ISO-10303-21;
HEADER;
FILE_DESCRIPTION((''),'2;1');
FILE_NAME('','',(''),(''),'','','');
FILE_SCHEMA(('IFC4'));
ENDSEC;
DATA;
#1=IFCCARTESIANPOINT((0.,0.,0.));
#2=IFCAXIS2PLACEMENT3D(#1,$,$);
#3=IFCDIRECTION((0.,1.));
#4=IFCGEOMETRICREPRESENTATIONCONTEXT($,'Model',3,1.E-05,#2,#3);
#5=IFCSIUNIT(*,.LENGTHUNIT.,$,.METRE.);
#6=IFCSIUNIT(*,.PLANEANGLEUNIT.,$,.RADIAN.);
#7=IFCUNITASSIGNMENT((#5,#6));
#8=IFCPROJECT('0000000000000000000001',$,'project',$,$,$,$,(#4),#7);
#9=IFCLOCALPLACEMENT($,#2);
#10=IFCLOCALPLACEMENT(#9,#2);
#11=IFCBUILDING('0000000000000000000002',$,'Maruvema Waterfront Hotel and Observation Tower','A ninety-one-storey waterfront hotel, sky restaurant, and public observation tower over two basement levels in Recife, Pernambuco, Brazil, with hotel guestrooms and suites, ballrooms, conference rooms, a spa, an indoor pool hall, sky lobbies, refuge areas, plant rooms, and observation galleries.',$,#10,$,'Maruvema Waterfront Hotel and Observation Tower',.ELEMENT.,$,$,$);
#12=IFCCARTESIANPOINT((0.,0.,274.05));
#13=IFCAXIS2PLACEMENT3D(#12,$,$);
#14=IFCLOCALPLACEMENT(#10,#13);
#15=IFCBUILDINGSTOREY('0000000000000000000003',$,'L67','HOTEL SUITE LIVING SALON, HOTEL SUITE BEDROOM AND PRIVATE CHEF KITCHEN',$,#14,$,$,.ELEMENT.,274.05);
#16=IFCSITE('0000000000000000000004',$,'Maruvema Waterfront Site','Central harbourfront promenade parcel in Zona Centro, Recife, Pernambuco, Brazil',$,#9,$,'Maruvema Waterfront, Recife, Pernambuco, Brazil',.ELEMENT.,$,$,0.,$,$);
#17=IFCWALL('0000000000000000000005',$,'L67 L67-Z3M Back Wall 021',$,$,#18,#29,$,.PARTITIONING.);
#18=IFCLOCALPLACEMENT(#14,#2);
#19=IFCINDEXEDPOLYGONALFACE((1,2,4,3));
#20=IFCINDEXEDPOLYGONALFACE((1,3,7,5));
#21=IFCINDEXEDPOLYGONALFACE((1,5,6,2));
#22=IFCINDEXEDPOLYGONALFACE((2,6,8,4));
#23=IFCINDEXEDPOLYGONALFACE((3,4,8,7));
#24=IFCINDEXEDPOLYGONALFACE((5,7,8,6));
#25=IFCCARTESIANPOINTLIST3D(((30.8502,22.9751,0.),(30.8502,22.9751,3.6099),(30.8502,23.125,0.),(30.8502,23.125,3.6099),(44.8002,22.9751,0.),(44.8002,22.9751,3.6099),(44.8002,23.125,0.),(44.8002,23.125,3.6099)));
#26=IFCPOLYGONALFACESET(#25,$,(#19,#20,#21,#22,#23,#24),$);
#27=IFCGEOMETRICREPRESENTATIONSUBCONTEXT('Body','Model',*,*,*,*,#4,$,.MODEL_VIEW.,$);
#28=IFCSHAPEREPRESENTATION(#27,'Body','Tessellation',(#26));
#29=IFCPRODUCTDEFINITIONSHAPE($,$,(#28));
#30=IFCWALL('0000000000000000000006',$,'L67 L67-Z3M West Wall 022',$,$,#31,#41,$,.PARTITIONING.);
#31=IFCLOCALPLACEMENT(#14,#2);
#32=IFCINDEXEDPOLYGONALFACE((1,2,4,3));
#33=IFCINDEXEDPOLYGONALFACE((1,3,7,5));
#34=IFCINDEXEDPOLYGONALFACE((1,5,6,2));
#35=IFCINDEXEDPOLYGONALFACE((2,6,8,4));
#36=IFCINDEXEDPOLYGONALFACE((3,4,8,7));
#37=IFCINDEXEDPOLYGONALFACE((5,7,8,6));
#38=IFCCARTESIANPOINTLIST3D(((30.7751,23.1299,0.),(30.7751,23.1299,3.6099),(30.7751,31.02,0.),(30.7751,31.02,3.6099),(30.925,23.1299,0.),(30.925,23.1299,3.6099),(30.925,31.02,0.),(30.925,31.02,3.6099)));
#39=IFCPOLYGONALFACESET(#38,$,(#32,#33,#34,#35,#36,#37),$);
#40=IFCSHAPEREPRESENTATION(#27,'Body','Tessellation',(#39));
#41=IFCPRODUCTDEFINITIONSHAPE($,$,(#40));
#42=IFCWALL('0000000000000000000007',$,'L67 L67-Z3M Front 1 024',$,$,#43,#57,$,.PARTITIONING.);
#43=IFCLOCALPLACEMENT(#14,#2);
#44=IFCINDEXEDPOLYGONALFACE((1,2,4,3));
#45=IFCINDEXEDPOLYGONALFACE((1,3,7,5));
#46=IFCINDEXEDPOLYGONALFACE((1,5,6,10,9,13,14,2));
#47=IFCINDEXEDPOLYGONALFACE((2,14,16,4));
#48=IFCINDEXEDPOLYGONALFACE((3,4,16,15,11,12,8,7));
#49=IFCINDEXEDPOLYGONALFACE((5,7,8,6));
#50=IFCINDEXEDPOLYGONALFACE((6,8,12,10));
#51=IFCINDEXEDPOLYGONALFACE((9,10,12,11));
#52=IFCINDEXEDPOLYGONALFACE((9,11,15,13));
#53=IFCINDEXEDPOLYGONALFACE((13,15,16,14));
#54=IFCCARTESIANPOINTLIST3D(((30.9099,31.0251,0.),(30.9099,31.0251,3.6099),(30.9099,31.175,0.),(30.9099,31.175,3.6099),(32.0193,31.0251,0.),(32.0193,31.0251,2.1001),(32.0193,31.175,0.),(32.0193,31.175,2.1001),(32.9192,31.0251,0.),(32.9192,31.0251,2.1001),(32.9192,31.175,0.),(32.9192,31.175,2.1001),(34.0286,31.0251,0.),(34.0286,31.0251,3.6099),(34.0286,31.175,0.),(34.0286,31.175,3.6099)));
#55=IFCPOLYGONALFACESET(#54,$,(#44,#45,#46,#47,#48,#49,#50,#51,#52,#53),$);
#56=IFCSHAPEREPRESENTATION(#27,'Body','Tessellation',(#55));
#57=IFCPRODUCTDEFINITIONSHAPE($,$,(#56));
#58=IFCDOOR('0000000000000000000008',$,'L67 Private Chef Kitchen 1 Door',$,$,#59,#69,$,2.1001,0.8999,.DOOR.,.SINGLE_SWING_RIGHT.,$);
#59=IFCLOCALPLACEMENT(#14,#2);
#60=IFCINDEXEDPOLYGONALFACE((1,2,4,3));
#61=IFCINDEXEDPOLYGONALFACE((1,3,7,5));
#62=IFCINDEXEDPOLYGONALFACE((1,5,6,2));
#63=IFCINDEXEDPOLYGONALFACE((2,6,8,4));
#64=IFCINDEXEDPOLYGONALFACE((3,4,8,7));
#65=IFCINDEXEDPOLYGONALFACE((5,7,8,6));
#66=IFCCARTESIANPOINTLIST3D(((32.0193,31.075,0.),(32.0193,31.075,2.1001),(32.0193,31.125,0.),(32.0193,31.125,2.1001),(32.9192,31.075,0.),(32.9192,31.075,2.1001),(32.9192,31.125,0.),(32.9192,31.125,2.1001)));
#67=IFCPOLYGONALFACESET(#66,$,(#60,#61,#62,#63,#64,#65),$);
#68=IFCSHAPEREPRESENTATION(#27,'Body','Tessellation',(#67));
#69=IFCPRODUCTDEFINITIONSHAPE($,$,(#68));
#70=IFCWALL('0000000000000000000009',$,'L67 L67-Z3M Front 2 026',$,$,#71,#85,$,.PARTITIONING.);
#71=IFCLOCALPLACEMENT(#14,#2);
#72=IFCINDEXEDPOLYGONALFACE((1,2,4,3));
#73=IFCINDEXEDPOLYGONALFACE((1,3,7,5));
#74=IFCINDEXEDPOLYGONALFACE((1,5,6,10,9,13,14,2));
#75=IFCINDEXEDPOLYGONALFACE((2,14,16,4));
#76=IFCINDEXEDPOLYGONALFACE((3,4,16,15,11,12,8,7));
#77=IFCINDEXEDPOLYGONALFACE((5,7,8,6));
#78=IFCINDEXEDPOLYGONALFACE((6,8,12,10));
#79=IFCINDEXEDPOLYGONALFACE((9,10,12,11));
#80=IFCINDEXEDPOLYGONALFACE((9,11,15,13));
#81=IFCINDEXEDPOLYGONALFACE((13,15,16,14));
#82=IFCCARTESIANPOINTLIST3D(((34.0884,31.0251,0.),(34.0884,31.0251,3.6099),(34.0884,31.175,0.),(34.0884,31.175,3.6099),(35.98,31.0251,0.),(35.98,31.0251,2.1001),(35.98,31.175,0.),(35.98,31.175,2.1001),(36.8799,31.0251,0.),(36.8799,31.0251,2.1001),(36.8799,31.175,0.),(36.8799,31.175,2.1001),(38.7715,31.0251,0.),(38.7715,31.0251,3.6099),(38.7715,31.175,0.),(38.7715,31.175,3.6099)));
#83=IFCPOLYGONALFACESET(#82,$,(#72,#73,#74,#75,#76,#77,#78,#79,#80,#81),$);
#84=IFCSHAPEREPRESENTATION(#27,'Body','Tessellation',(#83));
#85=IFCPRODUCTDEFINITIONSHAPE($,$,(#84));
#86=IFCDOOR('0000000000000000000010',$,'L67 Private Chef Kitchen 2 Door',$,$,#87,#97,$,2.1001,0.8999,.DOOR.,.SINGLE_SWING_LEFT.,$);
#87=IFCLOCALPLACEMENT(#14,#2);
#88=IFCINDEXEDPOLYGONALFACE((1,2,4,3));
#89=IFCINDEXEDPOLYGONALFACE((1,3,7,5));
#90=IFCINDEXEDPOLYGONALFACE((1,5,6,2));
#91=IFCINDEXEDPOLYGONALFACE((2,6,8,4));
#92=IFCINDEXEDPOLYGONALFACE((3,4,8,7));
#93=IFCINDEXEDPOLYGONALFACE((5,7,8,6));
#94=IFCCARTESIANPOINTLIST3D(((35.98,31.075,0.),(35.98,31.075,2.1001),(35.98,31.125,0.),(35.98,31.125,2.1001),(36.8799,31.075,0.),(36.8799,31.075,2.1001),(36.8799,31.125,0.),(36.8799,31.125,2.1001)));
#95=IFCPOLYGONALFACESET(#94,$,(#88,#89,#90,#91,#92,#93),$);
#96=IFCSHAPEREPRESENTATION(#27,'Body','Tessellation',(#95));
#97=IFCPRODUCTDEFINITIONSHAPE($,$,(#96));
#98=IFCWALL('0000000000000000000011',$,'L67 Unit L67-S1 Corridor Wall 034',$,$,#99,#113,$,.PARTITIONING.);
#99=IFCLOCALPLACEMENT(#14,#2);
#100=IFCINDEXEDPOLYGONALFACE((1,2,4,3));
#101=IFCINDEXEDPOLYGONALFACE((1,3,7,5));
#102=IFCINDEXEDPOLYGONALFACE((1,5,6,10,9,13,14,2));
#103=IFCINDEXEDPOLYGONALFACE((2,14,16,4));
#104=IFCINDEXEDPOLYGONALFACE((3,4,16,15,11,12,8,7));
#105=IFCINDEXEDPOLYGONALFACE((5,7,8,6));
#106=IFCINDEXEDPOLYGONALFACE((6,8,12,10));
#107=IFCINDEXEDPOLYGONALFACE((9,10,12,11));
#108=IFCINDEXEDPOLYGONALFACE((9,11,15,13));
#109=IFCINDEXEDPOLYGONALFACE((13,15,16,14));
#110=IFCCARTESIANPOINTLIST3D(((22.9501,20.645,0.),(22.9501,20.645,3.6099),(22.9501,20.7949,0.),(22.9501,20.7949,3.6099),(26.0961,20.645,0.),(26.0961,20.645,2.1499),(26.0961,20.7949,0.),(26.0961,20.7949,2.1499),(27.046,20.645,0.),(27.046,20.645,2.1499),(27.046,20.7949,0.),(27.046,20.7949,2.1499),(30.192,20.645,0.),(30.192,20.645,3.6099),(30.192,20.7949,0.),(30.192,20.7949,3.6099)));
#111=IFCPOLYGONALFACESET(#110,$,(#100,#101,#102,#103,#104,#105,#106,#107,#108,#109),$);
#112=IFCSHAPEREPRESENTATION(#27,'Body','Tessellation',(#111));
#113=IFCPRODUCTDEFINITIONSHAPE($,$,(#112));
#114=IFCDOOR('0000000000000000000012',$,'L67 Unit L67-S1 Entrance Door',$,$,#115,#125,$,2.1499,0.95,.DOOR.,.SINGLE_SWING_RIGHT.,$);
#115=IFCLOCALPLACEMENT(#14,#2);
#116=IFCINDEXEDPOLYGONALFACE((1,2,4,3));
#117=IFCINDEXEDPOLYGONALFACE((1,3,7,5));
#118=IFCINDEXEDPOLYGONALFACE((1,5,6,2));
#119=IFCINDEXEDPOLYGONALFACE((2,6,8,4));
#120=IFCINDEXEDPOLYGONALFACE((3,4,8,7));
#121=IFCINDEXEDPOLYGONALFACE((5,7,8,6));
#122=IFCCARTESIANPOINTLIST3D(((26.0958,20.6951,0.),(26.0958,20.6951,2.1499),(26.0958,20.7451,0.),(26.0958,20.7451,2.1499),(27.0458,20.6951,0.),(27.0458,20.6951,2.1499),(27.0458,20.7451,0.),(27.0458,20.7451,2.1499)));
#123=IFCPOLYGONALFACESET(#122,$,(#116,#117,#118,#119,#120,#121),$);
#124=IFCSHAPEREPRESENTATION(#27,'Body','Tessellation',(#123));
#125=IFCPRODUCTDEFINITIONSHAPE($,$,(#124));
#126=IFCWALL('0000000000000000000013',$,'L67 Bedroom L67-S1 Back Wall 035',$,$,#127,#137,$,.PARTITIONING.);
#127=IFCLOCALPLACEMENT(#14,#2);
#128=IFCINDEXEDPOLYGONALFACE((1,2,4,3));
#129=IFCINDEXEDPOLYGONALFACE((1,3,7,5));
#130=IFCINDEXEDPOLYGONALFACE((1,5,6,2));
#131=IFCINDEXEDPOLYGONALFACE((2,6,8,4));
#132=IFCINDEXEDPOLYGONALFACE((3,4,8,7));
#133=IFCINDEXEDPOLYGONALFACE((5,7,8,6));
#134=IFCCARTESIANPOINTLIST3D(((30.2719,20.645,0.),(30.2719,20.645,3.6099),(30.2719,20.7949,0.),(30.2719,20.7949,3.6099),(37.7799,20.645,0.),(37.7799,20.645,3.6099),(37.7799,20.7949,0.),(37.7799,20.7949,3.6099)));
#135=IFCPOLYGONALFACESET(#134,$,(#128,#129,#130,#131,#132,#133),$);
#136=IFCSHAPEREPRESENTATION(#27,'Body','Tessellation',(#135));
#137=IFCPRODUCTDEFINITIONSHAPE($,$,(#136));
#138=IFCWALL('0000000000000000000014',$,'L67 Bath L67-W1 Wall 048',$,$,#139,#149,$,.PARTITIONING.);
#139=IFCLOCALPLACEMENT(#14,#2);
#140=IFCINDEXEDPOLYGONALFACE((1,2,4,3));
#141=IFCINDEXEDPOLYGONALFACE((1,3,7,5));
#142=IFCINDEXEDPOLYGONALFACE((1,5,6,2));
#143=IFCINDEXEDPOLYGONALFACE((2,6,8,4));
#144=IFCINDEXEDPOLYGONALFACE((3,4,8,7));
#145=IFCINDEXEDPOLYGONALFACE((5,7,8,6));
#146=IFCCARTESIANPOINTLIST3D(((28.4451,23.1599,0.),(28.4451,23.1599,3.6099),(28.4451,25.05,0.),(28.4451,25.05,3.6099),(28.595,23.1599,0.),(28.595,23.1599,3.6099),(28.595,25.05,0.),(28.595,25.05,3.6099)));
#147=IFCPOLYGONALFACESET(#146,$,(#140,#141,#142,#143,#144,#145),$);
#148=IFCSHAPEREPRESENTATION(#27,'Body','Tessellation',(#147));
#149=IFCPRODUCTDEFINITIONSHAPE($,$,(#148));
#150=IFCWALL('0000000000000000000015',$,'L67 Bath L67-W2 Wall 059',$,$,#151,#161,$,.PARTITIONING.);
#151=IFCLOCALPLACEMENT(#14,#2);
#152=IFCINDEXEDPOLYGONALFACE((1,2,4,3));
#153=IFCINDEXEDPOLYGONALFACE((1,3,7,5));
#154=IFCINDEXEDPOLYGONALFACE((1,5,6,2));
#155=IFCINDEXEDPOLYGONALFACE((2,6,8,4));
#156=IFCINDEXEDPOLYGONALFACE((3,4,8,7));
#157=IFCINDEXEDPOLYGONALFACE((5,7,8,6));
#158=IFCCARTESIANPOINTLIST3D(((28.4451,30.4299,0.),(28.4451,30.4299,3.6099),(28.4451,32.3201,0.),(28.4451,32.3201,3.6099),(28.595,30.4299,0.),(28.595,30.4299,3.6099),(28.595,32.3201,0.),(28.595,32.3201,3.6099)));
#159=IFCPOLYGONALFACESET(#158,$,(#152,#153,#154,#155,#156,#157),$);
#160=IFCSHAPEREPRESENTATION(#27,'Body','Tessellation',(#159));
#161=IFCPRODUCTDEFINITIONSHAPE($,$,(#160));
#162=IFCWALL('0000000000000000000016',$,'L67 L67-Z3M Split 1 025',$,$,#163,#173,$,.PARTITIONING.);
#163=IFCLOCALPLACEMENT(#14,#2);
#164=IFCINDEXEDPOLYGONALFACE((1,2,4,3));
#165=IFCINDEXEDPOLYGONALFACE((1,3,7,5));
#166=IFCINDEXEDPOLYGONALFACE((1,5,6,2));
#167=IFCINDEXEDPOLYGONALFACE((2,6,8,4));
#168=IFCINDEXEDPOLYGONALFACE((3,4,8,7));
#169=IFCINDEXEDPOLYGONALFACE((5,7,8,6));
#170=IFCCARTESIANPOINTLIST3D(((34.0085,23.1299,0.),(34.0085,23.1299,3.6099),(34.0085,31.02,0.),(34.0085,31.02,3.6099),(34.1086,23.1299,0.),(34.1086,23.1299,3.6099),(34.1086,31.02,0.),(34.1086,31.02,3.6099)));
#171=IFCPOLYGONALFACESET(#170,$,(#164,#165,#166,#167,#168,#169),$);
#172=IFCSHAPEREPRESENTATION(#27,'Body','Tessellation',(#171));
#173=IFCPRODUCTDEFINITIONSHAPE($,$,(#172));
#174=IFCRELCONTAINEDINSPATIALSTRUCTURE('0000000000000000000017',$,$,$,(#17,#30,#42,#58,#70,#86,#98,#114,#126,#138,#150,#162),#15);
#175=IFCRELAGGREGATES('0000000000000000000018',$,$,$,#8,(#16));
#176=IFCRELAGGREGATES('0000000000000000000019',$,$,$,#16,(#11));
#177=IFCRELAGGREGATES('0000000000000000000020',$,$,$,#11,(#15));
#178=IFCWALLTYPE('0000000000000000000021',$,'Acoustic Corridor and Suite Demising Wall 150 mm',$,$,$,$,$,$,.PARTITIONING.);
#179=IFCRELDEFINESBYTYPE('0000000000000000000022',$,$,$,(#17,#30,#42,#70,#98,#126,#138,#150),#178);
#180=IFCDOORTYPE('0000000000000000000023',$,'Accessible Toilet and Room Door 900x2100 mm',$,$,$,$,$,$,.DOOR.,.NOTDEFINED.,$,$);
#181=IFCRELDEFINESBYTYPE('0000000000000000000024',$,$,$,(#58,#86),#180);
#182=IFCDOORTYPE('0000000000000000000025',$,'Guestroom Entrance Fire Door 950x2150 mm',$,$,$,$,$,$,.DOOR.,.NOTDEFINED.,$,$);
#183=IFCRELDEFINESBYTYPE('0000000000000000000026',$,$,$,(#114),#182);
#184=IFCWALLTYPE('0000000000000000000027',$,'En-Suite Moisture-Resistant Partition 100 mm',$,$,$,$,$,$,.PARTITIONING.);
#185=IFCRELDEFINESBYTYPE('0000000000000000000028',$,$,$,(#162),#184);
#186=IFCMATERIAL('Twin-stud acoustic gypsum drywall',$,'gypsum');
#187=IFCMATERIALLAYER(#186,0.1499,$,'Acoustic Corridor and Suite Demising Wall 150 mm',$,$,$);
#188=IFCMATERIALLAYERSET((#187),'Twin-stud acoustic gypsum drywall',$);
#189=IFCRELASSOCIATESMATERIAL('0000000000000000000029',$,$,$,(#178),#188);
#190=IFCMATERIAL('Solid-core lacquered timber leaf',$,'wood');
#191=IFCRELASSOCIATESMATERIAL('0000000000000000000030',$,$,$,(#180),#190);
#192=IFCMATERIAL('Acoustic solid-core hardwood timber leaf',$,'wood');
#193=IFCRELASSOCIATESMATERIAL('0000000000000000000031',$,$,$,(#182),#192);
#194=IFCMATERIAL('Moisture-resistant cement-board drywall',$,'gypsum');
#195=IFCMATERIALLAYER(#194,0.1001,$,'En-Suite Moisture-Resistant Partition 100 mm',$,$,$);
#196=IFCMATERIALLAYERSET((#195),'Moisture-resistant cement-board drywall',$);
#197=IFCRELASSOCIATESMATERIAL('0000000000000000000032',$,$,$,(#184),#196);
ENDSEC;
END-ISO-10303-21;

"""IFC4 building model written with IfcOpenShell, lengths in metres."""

from ifc_helpers import new_model, si_unit, direction, frame, frame_2d, origin, place, context, subcontext, project, spatial, rectangle, extrude, material, layer, layer_set, type_object, element, fill, save


model = new_model("IFC4")

# Units and contexts
model_context = context("Model", 3, precision=1e-05, world=origin(), true_north=direction((0.0, 1.0)))
body_context = subcontext(model_context, "Body", "Model", "MODEL_VIEW")
ifc_project = project(units=[si_unit("LENGTHUNIT", "METRE"), si_unit("PLANEANGLEUNIT", "RADIAN")], contexts=[model_context])

# Site, building, storey
site_placement = place(None, origin())
site = spatial("IfcSite", under=ifc_project, at=site_placement, Name="Maruvema Waterfront Site", Description="Central harbourfront promenade parcel in Zona Centro, Recife, Pernambuco, Brazil", LongName="Maruvema Waterfront, Recife, Pernambuco, Brazil", CompositionType="ELEMENT", RefElevation=0.0)
building_placement = place(site_placement, origin())
building = spatial("IfcBuilding", under=site, at=building_placement, Name="Maruvema Waterfront Hotel and Observation Tower", Description="A ninety-one-storey waterfront hotel, sky restaurant, and public observation tower over two basement levels in Recife, Pernambuco, Brazil, with hotel guestrooms and suites, ballrooms, conference rooms, a spa, an indoor pool hall, sky lobbies, refuge areas, plant rooms, and observation galleries.", LongName="Maruvema Waterfront Hotel and Observation Tower", CompositionType="ELEMENT")
storey_placement = place(building_placement, frame((0.0, 0.0, 274.05)))
storey = spatial("IfcBuildingStorey", under=building, at=storey_placement, Name="L67", Description="HOTEL SUITE LIVING SALON, HOTEL SUITE BEDROOM AND PRIVATE CHEF KITCHEN", CompositionType="ELEMENT", Elevation=274.05)

# Walls
ifc_material_1 = material(Name="Twin-stud acoustic gypsum drywall", Category="gypsum")
ifc_layer_1 = layer(ifc_material_1, 0.1499, Name="Acoustic Corridor and Suite Demising Wall 150 mm")
ifc_layer_set_1 = layer_set([ifc_layer_1], Name="Twin-stud acoustic gypsum drywall")
wall_type_1 = type_object("IfcWallType", Name="Acoustic Corridor and Suite Demising Wall 150 mm", PredefinedType="PARTITIONING", material=ifc_layer_set_1)
wall_1_placement = place(storey_placement, frame((30.8501, 23.05, 0.0), z_axis=(0.0, 0.0, 1.0), x_axis=(1.0, 0.0, 0.0)))
element("IfcWall", 1, at=wall_1_placement, inside=storey, type_object=wall_type_1, Name="L67 L67-Z3M Back Wall 021", PredefinedType="PARTITIONING", context=body_context, shape_type="SweptSolid", body=[
    extrude(rectangle(XDim=13.95, YDim=0.1499, at=frame_2d((6.9751, 0.0))), origin(), (0.0, 0.0, 1.0), 3.6099),
])
wall_2_placement = place(storey_placement, frame((30.8501, 23.1299, 0.0), z_axis=(0.0, 0.0, 1.0), x_axis=(0.0, 1.0, 0.0)))
element("IfcWall", 2, at=wall_2_placement, inside=storey, type_object=wall_type_1, Name="L67 L67-Z3M West Wall 022", PredefinedType="PARTITIONING", context=body_context, shape_type="SweptSolid", body=[
    extrude(rectangle(XDim=7.8901, YDim=0.1499, at=frame_2d((3.9451, 0.0))), origin(), (0.0, 0.0, 1.0), 3.6099),
])

# Walls, openings, doors
wall_3_placement = place(storey_placement, frame((30.9099, 31.1001, 0.0), z_axis=(0.0, 0.0, 1.0), x_axis=(1.0, 0.0, 0.0)))
wall_3 = element("IfcWall", 3, at=wall_3_placement, inside=storey, type_object=wall_type_1, Name="L67 L67-Z3M Front 1 024", PredefinedType="PARTITIONING", context=body_context, shape_type="SweptSolid", body=[
    extrude(rectangle(XDim=3.1187, YDim=0.1499, at=frame_2d((1.5593, 0.0))), origin(), (0.0, 0.0, 1.0), 3.6099),
])
opening_1_placement = place(wall_3_placement, frame((1.1094, 0.0, 0.0)))
opening_1 = element("IfcOpeningElement", 4, at=opening_1_placement, cuts=wall_3, PredefinedType="OPENING", context=body_context, shape_type="SweptSolid", body=[
    extrude(rectangle(XDim=0.8999, YDim=2.1001, at=frame_2d((0.45, 1.05))), frame((0.0, 0.085, 0.0), z_axis=(0.0, -1.0, 0.0), x_axis=(1.0, 0.0, 0.0)), (0.0, 0.0, 1.0), 0.1699),
])
ifc_material_2 = material(Name="Solid-core lacquered timber leaf", Category="wood")
door_type_1 = type_object("IfcDoorType", Name="Accessible Toilet and Room Door 900x2100 mm", OperationType="NOTDEFINED", PredefinedType="DOOR", material=ifc_material_2)
door_1_placement = place(opening_1_placement, origin())
door_1 = element("IfcDoor", 5, at=door_1_placement, inside=storey, type_object=door_type_1, Name="L67 Private Chef Kitchen 1 Door", OperationType="SINGLE_SWING_RIGHT", OverallHeight=2.1001, OverallWidth=0.8999, PredefinedType="DOOR", context=body_context, shape_type="SweptSolid", body=[
    extrude(rectangle(XDim=0.8999, YDim=2.1001, at=frame_2d((0.45, 1.05))), frame((0.0, 0.0249, 0.0), z_axis=(0.0, -1.0, 0.0), x_axis=(1.0, 0.0, 0.0)), (0.0, 0.0, 1.0), 0.05),
])
fill(opening_1, door_1)
wall_4_placement = place(storey_placement, frame((34.0884, 31.1001, 0.0), z_axis=(0.0, 0.0, 1.0), x_axis=(1.0, 0.0, 0.0)))
wall_4 = element("IfcWall", 6, at=wall_4_placement, inside=storey, type_object=wall_type_1, Name="L67 L67-Z3M Front 2 026", PredefinedType="PARTITIONING", context=body_context, shape_type="SweptSolid", body=[
    extrude(rectangle(XDim=4.6831, YDim=0.1499, at=frame_2d((2.3416, 0.0))), origin(), (0.0, 0.0, 1.0), 3.6099),
])
opening_2_placement = place(wall_4_placement, frame((1.8916, 0.0, 0.0)))
opening_2 = element("IfcOpeningElement", 7, at=opening_2_placement, cuts=wall_4, PredefinedType="OPENING", context=body_context, shape_type="SweptSolid", body=[
    extrude(rectangle(XDim=0.8999, YDim=2.1001, at=frame_2d((0.45, 1.05))), frame((0.0, 0.085, 0.0), z_axis=(0.0, -1.0, 0.0), x_axis=(1.0, 0.0, 0.0)), (0.0, 0.0, 1.0), 0.1699),
])
door_2_placement = place(opening_2_placement, origin())
door_2 = element("IfcDoor", 8, at=door_2_placement, inside=storey, type_object=door_type_1, Name="L67 Private Chef Kitchen 2 Door", OperationType="SINGLE_SWING_LEFT", OverallHeight=2.1001, OverallWidth=0.8999, PredefinedType="DOOR", context=body_context, shape_type="SweptSolid", body=[
    extrude(rectangle(XDim=0.8999, YDim=2.1001, at=frame_2d((0.45, 1.05))), frame((0.0, 0.0249, 0.0), z_axis=(0.0, -1.0, 0.0), x_axis=(1.0, 0.0, 0.0)), (0.0, 0.0, 1.0), 0.05),
])
fill(opening_2, door_2)
wall_5_placement = place(storey_placement, frame((22.95, 20.72, 0.0), z_axis=(0.0, 0.0, 1.0), x_axis=(1.0, 0.0, 0.0)))
wall_5 = element("IfcWall", 9, at=wall_5_placement, inside=storey, type_object=wall_type_1, Name="L67 Unit L67-S1 Corridor Wall 034", PredefinedType="PARTITIONING", context=body_context, shape_type="SweptSolid", body=[
    extrude(rectangle(XDim=7.2419, YDim=0.1499, at=frame_2d((3.6211, 0.0))), origin(), (0.0, 0.0, 1.0), 3.6099),
])
opening_3_placement = place(wall_5_placement, frame((3.146, 0.0, 0.0)))
opening_3 = element("IfcOpeningElement", 10, at=opening_3_placement, cuts=wall_5, PredefinedType="OPENING", context=body_context, shape_type="SweptSolid", body=[
    extrude(rectangle(XDim=0.95, YDim=2.1499, at=frame_2d((0.4751, 1.075))), frame((0.0, 0.085, 0.0), z_axis=(0.0, -1.0, 0.0), x_axis=(1.0, 0.0, 0.0)), (0.0, 0.0, 1.0), 0.1699),
])
ifc_material_3 = material(Name="Acoustic solid-core hardwood timber leaf", Category="wood")
door_type_2 = type_object("IfcDoorType", Name="Guestroom Entrance Fire Door 950x2150 mm", OperationType="NOTDEFINED", PredefinedType="DOOR", material=ifc_material_3)
door_3_placement = place(opening_3_placement, frame((0.95, 0.0, 0.0), z_axis=(0.0, 0.0, 1.0), x_axis=(-1.0, 0.0, 0.0)))
door_3 = element("IfcDoor", 11, at=door_3_placement, inside=storey, type_object=door_type_2, Name="L67 Unit L67-S1 Entrance Door", OperationType="SINGLE_SWING_RIGHT", OverallHeight=2.1499, OverallWidth=0.95, PredefinedType="DOOR", context=body_context, shape_type="SweptSolid", body=[
    extrude(rectangle(XDim=0.95, YDim=2.1499, at=frame_2d((0.4751, 1.075))), frame((0.0, 0.0249, 0.0), z_axis=(0.0, -1.0, 0.0), x_axis=(1.0, 0.0, 0.0)), (0.0, 0.0, 1.0), 0.05),
])
fill(opening_3, door_3)

# Walls
wall_6_placement = place(storey_placement, frame((30.272, 20.72, 0.0), z_axis=(0.0, 0.0, 1.0), x_axis=(1.0, 0.0, 0.0)))
element("IfcWall", 12, at=wall_6_placement, inside=storey, type_object=wall_type_1, Name="L67 Bedroom L67-S1 Back Wall 035", PredefinedType="PARTITIONING", context=body_context, shape_type="SweptSolid", body=[
    extrude(rectangle(XDim=7.5081, YDim=0.1499, at=frame_2d((3.7539, 0.0))), origin(), (0.0, 0.0, 1.0), 3.6099),
])
wall_7_placement = place(storey_placement, frame((28.52, 23.1599, 0.0), z_axis=(0.0, 0.0, 1.0), x_axis=(0.0, 1.0, 0.0)))
element("IfcWall", 13, at=wall_7_placement, inside=storey, type_object=wall_type_1, Name="L67 Bath L67-W1 Wall 048", PredefinedType="PARTITIONING", context=body_context, shape_type="SweptSolid", body=[
    extrude(rectangle(XDim=1.8901, YDim=0.1499, at=frame_2d((0.9451, 0.0))), origin(), (0.0, 0.0, 1.0), 3.6099),
])

# Walls
wall_8_placement = place(storey_placement, frame((28.52, 30.4299, 0.0), z_axis=(0.0, 0.0, 1.0), x_axis=(0.0, 1.0, 0.0)))
element("IfcWall", 14, at=wall_8_placement, inside=storey, type_object=wall_type_1, Name="L67 Bath L67-W2 Wall 059", PredefinedType="PARTITIONING", context=body_context, shape_type="SweptSolid", body=[
    extrude(rectangle(XDim=1.8901, YDim=0.1499, at=frame_2d((0.9451, 0.0))), origin(), (0.0, 0.0, 1.0), 3.6099),
])
ifc_material_4 = material(Name="Moisture-resistant cement-board drywall", Category="gypsum")
ifc_layer_2 = layer(ifc_material_4, 0.1001, Name="En-Suite Moisture-Resistant Partition 100 mm")
ifc_layer_set_2 = layer_set([ifc_layer_2], Name="Moisture-resistant cement-board drywall")
wall_type_2 = type_object("IfcWallType", Name="En-Suite Moisture-Resistant Partition 100 mm", PredefinedType="PARTITIONING", material=ifc_layer_set_2)
wall_9_placement = place(storey_placement, frame((34.0586, 23.1299, 0.0), z_axis=(0.0, 0.0, 1.0), x_axis=(0.0, 1.0, 0.0)))
element("IfcWall", 15, at=wall_9_placement, inside=storey, type_object=wall_type_2, Name="L67 L67-Z3M Split 1 025", PredefinedType="PARTITIONING", context=body_context, shape_type="SweptSolid", body=[
    extrude(rectangle(XDim=7.8901, YDim=0.1001, at=frame_2d((3.9451, 0.0))), origin(), (0.0, 0.0, 1.0), 3.6099),
])

save(model, "model.ifc")
